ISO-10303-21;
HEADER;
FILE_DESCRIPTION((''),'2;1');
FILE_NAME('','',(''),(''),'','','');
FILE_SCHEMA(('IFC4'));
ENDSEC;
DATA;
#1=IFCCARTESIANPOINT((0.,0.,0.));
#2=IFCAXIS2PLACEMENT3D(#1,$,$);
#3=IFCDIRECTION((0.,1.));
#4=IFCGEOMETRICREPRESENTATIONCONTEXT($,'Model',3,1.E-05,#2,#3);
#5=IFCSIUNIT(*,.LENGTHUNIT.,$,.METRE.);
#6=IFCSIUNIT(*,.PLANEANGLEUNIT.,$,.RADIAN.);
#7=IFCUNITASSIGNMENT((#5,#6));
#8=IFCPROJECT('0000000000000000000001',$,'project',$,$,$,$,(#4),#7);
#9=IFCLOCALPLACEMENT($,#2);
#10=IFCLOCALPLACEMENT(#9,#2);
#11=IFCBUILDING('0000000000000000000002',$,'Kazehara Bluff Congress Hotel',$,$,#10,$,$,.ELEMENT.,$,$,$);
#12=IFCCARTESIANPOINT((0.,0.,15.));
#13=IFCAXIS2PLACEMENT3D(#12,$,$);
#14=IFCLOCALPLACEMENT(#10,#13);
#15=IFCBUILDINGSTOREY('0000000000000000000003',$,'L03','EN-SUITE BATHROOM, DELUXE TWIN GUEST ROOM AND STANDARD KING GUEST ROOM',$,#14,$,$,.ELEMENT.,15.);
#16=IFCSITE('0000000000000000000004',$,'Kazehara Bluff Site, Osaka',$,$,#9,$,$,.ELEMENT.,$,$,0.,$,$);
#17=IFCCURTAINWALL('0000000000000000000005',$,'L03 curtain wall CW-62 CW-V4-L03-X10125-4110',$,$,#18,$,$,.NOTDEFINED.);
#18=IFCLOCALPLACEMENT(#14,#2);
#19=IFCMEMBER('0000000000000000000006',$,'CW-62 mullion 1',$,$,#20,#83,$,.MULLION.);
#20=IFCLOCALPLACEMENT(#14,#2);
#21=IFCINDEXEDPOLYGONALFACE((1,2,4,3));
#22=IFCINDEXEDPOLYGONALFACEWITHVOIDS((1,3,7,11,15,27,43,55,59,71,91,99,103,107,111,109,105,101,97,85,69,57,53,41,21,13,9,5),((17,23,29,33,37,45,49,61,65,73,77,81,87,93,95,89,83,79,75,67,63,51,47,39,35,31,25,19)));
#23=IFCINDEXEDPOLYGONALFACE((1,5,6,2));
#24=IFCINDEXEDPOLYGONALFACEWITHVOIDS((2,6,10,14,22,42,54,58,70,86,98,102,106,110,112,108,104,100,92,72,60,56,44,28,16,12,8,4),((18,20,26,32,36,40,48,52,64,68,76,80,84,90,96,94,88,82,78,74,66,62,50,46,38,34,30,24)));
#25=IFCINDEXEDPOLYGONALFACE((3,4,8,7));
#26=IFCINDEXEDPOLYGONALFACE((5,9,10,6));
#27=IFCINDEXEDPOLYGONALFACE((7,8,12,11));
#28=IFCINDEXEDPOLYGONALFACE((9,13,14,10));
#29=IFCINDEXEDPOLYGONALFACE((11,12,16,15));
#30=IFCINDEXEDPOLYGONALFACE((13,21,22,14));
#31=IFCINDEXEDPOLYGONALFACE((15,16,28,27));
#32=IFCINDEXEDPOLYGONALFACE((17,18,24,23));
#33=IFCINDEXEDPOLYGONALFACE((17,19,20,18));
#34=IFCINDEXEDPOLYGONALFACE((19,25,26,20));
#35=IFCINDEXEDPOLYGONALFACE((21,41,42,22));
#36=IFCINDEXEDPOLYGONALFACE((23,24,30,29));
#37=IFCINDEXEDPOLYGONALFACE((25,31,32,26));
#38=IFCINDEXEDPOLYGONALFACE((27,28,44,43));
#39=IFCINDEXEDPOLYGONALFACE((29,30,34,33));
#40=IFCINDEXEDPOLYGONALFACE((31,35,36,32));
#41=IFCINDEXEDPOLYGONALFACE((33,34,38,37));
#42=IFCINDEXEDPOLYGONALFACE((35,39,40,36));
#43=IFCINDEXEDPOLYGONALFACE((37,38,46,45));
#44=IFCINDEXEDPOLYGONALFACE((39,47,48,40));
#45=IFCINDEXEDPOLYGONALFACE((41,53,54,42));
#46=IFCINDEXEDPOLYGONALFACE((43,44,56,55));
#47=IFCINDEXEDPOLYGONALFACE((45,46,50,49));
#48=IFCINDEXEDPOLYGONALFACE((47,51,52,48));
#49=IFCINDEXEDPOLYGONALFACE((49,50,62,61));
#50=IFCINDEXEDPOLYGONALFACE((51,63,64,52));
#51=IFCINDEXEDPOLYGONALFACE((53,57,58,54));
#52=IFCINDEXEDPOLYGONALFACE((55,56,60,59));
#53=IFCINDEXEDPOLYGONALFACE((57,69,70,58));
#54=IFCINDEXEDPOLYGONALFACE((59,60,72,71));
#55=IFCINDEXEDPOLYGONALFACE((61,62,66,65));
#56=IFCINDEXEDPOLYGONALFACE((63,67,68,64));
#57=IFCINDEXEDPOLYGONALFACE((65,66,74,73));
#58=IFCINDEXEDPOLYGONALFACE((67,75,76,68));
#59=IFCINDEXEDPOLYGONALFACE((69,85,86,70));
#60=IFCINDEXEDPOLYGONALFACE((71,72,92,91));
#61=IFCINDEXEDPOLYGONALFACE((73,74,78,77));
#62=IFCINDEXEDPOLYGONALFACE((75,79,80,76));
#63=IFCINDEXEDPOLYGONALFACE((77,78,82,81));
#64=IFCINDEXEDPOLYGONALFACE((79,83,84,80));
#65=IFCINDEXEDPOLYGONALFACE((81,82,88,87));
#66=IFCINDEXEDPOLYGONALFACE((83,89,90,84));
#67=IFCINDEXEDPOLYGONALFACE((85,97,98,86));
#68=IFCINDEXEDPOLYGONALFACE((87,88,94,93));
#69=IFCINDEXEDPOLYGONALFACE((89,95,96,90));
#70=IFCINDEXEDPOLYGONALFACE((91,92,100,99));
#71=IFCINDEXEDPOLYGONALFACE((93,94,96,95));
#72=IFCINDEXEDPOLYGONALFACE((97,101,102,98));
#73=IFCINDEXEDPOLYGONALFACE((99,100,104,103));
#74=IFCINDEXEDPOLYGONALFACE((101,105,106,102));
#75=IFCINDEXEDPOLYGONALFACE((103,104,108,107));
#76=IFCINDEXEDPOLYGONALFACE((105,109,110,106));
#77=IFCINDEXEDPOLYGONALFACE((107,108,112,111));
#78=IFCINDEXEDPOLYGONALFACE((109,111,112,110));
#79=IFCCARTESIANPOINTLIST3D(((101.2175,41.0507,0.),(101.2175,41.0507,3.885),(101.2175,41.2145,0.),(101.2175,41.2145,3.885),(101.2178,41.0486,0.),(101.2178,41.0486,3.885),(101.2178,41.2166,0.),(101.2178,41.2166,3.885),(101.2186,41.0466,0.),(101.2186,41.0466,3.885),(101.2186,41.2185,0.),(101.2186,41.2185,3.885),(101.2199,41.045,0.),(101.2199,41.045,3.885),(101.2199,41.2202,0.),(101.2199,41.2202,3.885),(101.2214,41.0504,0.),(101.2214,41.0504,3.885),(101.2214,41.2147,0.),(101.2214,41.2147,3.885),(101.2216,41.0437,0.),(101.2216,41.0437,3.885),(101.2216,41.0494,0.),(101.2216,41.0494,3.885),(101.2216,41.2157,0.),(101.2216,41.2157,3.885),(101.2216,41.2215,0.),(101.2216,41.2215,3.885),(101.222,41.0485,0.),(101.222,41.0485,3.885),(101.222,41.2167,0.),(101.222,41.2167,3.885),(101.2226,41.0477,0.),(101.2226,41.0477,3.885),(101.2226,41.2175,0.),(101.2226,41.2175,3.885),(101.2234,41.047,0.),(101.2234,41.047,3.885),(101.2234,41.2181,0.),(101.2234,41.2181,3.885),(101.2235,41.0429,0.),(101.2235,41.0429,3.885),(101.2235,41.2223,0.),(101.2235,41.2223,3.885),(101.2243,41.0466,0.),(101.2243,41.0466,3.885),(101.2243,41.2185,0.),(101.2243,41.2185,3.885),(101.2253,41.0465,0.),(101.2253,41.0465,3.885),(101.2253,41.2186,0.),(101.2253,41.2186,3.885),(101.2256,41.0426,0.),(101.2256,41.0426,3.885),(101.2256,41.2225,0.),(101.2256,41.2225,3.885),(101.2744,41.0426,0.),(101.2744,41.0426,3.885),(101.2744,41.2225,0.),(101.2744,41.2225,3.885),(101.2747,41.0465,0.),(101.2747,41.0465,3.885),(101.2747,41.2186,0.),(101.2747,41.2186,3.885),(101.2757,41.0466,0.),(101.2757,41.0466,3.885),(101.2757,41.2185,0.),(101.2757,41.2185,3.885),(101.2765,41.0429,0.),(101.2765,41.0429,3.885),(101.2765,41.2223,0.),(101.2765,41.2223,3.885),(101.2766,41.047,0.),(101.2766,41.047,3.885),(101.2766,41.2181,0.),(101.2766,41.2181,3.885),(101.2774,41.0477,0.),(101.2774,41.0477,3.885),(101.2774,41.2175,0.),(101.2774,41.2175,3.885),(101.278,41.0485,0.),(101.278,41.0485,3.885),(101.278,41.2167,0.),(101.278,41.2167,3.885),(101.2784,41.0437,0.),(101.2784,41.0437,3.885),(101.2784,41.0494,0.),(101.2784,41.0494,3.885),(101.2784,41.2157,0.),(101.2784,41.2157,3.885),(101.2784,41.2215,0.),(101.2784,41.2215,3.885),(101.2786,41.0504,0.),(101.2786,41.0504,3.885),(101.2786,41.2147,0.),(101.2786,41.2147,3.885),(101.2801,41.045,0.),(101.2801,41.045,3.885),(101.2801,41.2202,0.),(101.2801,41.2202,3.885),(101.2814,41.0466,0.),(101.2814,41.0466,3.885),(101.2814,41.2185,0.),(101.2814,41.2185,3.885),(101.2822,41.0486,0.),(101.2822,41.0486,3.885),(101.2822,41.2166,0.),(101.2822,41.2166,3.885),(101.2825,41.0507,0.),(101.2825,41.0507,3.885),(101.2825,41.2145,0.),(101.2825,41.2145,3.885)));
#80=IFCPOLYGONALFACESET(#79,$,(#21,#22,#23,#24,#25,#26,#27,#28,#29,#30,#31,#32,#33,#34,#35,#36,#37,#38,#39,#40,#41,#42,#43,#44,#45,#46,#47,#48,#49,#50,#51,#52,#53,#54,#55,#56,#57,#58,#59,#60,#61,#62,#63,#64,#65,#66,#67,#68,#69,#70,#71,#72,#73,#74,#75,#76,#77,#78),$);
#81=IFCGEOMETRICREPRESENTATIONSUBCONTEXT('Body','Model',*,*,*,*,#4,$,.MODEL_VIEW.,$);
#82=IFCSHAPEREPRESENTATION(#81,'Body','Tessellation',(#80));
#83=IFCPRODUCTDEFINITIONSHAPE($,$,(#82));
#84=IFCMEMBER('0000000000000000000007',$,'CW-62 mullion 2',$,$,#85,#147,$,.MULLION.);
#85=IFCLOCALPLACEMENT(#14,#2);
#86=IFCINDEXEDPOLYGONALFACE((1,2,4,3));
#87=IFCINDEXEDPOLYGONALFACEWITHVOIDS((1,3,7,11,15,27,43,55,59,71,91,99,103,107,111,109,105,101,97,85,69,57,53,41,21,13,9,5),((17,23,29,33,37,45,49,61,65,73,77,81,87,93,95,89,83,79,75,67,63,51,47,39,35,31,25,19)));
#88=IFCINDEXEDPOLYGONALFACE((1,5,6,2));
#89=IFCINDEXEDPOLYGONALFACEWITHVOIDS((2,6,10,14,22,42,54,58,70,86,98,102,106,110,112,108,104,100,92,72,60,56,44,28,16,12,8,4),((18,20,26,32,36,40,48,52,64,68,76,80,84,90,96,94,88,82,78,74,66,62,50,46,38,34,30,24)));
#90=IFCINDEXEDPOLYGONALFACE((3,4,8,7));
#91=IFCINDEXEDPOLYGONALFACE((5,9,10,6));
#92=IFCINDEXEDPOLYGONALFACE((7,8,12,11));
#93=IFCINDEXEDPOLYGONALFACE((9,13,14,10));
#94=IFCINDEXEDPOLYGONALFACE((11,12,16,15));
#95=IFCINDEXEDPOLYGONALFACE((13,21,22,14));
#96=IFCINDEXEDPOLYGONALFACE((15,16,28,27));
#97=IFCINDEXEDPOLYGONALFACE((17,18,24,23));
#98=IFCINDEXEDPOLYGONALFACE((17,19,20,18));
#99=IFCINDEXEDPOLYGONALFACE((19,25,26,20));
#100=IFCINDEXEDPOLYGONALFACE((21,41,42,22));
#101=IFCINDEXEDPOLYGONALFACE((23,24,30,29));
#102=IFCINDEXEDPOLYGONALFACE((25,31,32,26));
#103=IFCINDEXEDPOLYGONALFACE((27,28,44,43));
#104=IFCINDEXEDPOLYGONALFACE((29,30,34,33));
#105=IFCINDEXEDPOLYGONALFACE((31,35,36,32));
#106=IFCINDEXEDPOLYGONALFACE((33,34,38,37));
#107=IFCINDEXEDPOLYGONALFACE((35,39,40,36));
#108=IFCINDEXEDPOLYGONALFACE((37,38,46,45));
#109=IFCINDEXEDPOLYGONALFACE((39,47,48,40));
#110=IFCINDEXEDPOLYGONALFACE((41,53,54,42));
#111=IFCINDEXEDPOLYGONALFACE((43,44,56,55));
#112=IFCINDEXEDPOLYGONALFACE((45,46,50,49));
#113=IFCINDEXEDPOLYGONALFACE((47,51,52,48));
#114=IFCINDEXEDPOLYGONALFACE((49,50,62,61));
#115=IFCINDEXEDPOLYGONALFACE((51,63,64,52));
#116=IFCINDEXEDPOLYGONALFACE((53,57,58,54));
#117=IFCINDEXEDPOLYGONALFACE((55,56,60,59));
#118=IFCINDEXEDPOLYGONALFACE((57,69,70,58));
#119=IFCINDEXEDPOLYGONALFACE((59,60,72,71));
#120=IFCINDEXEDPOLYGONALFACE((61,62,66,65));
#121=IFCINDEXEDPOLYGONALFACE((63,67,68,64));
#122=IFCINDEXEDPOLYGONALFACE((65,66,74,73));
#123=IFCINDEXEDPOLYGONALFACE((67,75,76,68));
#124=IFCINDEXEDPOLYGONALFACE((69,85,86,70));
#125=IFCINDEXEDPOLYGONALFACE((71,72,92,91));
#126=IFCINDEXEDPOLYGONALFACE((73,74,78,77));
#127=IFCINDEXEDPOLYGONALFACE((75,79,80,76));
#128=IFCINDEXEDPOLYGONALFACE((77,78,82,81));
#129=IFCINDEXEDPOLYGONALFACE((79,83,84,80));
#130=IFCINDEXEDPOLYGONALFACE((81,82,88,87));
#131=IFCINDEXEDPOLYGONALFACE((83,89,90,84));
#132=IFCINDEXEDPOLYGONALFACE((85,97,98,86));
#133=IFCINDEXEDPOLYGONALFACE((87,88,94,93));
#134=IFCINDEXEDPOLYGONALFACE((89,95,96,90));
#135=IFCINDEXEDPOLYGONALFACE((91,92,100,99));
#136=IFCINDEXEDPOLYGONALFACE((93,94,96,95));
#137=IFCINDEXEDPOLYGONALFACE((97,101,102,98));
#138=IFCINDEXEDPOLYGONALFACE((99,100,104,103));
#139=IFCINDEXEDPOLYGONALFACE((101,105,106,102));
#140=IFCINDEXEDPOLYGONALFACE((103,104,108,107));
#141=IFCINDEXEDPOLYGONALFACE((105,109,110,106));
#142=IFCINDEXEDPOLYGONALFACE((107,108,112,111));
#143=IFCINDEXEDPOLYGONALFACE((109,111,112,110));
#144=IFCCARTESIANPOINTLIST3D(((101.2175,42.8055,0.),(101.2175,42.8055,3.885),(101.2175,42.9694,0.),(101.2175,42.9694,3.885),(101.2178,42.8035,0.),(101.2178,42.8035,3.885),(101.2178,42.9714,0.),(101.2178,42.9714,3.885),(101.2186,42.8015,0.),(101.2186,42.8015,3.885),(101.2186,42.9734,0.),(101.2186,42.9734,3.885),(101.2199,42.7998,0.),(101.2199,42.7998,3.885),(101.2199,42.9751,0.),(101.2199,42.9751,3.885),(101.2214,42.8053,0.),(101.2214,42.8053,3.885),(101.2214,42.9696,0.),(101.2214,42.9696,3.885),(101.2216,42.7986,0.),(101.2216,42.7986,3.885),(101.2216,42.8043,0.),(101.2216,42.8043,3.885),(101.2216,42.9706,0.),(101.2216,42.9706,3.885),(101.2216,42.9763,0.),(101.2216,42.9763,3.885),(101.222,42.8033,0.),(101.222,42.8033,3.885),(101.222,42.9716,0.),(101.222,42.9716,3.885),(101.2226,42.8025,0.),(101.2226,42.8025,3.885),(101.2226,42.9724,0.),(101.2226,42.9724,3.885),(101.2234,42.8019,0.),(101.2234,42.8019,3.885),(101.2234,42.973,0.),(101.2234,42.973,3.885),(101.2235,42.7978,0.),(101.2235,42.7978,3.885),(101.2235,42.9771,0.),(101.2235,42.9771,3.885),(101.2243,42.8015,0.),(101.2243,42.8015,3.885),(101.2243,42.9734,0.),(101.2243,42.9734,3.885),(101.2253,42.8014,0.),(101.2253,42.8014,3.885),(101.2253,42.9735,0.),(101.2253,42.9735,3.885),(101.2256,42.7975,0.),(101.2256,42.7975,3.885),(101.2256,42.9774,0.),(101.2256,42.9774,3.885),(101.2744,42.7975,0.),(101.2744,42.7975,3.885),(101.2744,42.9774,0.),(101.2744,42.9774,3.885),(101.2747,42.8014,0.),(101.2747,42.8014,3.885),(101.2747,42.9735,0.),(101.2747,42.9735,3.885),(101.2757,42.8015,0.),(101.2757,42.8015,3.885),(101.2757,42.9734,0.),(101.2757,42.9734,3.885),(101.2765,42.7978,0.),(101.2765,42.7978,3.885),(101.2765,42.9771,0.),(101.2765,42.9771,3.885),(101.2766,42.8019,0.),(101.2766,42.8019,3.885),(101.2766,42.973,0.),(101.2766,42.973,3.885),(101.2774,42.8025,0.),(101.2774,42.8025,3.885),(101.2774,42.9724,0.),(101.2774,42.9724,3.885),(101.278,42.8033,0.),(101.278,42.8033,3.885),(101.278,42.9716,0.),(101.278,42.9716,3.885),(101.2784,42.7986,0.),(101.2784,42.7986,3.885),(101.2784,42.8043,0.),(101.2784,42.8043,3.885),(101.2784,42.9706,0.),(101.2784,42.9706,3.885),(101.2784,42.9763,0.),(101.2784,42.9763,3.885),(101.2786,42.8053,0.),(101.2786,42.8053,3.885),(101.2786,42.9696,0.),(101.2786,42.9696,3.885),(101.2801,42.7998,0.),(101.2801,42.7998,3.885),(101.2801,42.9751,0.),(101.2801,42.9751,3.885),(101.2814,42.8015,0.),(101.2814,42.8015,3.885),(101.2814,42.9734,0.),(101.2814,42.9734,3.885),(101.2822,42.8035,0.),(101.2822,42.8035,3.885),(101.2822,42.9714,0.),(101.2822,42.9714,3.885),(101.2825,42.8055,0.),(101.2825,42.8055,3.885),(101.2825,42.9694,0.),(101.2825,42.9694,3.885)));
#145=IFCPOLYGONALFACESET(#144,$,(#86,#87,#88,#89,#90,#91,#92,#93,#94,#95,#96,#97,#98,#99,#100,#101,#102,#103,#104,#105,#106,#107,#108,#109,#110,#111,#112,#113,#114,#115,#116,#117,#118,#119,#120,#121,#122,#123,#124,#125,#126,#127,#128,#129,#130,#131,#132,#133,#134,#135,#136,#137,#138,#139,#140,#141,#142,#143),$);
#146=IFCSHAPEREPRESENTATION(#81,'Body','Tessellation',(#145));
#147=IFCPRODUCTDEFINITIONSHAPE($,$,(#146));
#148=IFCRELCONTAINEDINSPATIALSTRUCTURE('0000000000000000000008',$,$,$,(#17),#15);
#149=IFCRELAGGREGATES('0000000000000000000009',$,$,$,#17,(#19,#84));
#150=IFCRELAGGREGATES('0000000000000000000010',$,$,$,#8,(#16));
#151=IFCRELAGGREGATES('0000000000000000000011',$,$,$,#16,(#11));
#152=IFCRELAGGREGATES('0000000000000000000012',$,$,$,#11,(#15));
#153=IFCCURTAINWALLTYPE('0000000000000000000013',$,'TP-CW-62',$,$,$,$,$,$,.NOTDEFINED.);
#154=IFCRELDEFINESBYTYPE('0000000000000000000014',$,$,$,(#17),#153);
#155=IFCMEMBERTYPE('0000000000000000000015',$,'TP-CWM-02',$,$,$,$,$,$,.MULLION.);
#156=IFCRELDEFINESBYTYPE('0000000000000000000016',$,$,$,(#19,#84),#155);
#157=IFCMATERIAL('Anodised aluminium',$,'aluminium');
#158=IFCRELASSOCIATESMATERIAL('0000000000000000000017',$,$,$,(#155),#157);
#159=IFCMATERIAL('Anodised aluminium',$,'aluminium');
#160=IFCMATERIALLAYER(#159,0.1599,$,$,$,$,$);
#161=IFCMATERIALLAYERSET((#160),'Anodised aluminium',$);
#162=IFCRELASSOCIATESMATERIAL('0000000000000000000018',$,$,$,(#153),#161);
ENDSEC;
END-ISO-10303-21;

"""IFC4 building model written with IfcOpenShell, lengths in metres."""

from ifc_helpers import new_model, si_unit, direction, frame, origin, origin_2d, place, context, subcontext, project, spatial, hollow_rectangle, extrude, material, layer, layer_set, material_profile, profile_set, type_object, element, aggregate, save


model = new_model("IFC4")

# Units and contexts
model_context = context("Model", 3, precision=1e-05, world=origin(), true_north=direction((0.0, 1.0)))
body_context = subcontext(model_context, "Body", "Model", "MODEL_VIEW")
ifc_project = project(units=[si_unit("LENGTHUNIT", "METRE"), si_unit("PLANEANGLEUNIT", "RADIAN")], contexts=[model_context])

# Site, building, storey
site_placement = place(None, origin())
site = spatial("IfcSite", under=ifc_project, at=site_placement, Name="Kazehara Bluff Site, Osaka", CompositionType="ELEMENT", RefElevation=0.0)
building_placement = place(site_placement, origin())
building = spatial("IfcBuilding", under=site, at=building_placement, Name="Kazehara Bluff Congress Hotel", CompositionType="ELEMENT")
storey_placement = place(building_placement, frame((0.0, 0.0, 15.0)))
storey = spatial("IfcBuildingStorey", under=building, at=storey_placement, Name="L03", Description="EN-SUITE BATHROOM, DELUXE TWIN GUEST ROOM AND STANDARD KING GUEST ROOM", CompositionType="ELEMENT", Elevation=15.0)

# Shared definitions
ifc_material_1 = material(Name="Anodised aluminium", Category="aluminium")
ifc_material_profile_1 = material_profile(ifc_material_1, hollow_rectangle(XDim=0.0649, YDim=0.1799, WallThickness=0.0039, InnerFilletRadius=0.0039, OuterFilletRadius=0.0081, at=origin_2d()))
ifc_profile_set_1 = profile_set([ifc_material_profile_1], Name="Anodised aluminium")
member_type_1 = type_object("IfcMemberType", Name="TP-CWM-02", PredefinedType="MULLION", material=ifc_profile_set_1)

# Curtain wall, members
ifc_material_2 = material(Name="Anodised aluminium", Category="aluminium")
ifc_layer_1 = layer(ifc_material_2, 0.1599)
ifc_layer_set_1 = layer_set([ifc_layer_1], Name="Anodised aluminium")
curtain_wall_type_1 = type_object("IfcCurtainWallType", Name="TP-CW-62", PredefinedType="NOTDEFINED", material=ifc_layer_set_1)
curtain_wall_1_placement = place(storey_placement, origin())
curtain_wall_1 = element("IfcCurtainWall", 1, at=curtain_wall_1_placement, inside=storey, type_object=curtain_wall_type_1, Name="L03 curtain wall CW-62 CW-V4-L03-X10125-4110", PredefinedType="NOTDEFINED")
member_1_placement = place(storey_placement, frame((101.25, 41.1326, 0.0), z_axis=(0.0, 0.0, 1.0), x_axis=(-1.0, 0.0, 0.0)))
member_1 = element("IfcMember", 2, at=member_1_placement, type_object=member_type_1, Name="CW-62 mullion 1", PredefinedType="MULLION", context=body_context, shape_type="SweptSolid", body=[
    extrude(hollow_rectangle(XDim=0.0649, YDim=0.1799, WallThickness=0.0039, InnerFilletRadius=0.0039, OuterFilletRadius=0.0081, at=origin_2d()), origin(), (0.0, 0.0, 1.0), 3.885),
])
member_2_placement = place(storey_placement, frame((101.25, 42.8875, 0.0), z_axis=(0.0, 0.0, 1.0), x_axis=(-1.0, 0.0, 0.0)))
member_2 = element("IfcMember", 3, at=member_2_placement, type_object=member_type_1, Name="CW-62 mullion 2", PredefinedType="MULLION", context=body_context, shape_type="SweptSolid", body=[
    extrude(hollow_rectangle(XDim=0.0649, YDim=0.1799, WallThickness=0.0039, InnerFilletRadius=0.0039, OuterFilletRadius=0.0081, at=origin_2d()), origin(), (0.0, 0.0, 1.0), 3.885),
])

aggregate(curtain_wall_1, [member_1, member_2])

save(model, "model.ifc")
